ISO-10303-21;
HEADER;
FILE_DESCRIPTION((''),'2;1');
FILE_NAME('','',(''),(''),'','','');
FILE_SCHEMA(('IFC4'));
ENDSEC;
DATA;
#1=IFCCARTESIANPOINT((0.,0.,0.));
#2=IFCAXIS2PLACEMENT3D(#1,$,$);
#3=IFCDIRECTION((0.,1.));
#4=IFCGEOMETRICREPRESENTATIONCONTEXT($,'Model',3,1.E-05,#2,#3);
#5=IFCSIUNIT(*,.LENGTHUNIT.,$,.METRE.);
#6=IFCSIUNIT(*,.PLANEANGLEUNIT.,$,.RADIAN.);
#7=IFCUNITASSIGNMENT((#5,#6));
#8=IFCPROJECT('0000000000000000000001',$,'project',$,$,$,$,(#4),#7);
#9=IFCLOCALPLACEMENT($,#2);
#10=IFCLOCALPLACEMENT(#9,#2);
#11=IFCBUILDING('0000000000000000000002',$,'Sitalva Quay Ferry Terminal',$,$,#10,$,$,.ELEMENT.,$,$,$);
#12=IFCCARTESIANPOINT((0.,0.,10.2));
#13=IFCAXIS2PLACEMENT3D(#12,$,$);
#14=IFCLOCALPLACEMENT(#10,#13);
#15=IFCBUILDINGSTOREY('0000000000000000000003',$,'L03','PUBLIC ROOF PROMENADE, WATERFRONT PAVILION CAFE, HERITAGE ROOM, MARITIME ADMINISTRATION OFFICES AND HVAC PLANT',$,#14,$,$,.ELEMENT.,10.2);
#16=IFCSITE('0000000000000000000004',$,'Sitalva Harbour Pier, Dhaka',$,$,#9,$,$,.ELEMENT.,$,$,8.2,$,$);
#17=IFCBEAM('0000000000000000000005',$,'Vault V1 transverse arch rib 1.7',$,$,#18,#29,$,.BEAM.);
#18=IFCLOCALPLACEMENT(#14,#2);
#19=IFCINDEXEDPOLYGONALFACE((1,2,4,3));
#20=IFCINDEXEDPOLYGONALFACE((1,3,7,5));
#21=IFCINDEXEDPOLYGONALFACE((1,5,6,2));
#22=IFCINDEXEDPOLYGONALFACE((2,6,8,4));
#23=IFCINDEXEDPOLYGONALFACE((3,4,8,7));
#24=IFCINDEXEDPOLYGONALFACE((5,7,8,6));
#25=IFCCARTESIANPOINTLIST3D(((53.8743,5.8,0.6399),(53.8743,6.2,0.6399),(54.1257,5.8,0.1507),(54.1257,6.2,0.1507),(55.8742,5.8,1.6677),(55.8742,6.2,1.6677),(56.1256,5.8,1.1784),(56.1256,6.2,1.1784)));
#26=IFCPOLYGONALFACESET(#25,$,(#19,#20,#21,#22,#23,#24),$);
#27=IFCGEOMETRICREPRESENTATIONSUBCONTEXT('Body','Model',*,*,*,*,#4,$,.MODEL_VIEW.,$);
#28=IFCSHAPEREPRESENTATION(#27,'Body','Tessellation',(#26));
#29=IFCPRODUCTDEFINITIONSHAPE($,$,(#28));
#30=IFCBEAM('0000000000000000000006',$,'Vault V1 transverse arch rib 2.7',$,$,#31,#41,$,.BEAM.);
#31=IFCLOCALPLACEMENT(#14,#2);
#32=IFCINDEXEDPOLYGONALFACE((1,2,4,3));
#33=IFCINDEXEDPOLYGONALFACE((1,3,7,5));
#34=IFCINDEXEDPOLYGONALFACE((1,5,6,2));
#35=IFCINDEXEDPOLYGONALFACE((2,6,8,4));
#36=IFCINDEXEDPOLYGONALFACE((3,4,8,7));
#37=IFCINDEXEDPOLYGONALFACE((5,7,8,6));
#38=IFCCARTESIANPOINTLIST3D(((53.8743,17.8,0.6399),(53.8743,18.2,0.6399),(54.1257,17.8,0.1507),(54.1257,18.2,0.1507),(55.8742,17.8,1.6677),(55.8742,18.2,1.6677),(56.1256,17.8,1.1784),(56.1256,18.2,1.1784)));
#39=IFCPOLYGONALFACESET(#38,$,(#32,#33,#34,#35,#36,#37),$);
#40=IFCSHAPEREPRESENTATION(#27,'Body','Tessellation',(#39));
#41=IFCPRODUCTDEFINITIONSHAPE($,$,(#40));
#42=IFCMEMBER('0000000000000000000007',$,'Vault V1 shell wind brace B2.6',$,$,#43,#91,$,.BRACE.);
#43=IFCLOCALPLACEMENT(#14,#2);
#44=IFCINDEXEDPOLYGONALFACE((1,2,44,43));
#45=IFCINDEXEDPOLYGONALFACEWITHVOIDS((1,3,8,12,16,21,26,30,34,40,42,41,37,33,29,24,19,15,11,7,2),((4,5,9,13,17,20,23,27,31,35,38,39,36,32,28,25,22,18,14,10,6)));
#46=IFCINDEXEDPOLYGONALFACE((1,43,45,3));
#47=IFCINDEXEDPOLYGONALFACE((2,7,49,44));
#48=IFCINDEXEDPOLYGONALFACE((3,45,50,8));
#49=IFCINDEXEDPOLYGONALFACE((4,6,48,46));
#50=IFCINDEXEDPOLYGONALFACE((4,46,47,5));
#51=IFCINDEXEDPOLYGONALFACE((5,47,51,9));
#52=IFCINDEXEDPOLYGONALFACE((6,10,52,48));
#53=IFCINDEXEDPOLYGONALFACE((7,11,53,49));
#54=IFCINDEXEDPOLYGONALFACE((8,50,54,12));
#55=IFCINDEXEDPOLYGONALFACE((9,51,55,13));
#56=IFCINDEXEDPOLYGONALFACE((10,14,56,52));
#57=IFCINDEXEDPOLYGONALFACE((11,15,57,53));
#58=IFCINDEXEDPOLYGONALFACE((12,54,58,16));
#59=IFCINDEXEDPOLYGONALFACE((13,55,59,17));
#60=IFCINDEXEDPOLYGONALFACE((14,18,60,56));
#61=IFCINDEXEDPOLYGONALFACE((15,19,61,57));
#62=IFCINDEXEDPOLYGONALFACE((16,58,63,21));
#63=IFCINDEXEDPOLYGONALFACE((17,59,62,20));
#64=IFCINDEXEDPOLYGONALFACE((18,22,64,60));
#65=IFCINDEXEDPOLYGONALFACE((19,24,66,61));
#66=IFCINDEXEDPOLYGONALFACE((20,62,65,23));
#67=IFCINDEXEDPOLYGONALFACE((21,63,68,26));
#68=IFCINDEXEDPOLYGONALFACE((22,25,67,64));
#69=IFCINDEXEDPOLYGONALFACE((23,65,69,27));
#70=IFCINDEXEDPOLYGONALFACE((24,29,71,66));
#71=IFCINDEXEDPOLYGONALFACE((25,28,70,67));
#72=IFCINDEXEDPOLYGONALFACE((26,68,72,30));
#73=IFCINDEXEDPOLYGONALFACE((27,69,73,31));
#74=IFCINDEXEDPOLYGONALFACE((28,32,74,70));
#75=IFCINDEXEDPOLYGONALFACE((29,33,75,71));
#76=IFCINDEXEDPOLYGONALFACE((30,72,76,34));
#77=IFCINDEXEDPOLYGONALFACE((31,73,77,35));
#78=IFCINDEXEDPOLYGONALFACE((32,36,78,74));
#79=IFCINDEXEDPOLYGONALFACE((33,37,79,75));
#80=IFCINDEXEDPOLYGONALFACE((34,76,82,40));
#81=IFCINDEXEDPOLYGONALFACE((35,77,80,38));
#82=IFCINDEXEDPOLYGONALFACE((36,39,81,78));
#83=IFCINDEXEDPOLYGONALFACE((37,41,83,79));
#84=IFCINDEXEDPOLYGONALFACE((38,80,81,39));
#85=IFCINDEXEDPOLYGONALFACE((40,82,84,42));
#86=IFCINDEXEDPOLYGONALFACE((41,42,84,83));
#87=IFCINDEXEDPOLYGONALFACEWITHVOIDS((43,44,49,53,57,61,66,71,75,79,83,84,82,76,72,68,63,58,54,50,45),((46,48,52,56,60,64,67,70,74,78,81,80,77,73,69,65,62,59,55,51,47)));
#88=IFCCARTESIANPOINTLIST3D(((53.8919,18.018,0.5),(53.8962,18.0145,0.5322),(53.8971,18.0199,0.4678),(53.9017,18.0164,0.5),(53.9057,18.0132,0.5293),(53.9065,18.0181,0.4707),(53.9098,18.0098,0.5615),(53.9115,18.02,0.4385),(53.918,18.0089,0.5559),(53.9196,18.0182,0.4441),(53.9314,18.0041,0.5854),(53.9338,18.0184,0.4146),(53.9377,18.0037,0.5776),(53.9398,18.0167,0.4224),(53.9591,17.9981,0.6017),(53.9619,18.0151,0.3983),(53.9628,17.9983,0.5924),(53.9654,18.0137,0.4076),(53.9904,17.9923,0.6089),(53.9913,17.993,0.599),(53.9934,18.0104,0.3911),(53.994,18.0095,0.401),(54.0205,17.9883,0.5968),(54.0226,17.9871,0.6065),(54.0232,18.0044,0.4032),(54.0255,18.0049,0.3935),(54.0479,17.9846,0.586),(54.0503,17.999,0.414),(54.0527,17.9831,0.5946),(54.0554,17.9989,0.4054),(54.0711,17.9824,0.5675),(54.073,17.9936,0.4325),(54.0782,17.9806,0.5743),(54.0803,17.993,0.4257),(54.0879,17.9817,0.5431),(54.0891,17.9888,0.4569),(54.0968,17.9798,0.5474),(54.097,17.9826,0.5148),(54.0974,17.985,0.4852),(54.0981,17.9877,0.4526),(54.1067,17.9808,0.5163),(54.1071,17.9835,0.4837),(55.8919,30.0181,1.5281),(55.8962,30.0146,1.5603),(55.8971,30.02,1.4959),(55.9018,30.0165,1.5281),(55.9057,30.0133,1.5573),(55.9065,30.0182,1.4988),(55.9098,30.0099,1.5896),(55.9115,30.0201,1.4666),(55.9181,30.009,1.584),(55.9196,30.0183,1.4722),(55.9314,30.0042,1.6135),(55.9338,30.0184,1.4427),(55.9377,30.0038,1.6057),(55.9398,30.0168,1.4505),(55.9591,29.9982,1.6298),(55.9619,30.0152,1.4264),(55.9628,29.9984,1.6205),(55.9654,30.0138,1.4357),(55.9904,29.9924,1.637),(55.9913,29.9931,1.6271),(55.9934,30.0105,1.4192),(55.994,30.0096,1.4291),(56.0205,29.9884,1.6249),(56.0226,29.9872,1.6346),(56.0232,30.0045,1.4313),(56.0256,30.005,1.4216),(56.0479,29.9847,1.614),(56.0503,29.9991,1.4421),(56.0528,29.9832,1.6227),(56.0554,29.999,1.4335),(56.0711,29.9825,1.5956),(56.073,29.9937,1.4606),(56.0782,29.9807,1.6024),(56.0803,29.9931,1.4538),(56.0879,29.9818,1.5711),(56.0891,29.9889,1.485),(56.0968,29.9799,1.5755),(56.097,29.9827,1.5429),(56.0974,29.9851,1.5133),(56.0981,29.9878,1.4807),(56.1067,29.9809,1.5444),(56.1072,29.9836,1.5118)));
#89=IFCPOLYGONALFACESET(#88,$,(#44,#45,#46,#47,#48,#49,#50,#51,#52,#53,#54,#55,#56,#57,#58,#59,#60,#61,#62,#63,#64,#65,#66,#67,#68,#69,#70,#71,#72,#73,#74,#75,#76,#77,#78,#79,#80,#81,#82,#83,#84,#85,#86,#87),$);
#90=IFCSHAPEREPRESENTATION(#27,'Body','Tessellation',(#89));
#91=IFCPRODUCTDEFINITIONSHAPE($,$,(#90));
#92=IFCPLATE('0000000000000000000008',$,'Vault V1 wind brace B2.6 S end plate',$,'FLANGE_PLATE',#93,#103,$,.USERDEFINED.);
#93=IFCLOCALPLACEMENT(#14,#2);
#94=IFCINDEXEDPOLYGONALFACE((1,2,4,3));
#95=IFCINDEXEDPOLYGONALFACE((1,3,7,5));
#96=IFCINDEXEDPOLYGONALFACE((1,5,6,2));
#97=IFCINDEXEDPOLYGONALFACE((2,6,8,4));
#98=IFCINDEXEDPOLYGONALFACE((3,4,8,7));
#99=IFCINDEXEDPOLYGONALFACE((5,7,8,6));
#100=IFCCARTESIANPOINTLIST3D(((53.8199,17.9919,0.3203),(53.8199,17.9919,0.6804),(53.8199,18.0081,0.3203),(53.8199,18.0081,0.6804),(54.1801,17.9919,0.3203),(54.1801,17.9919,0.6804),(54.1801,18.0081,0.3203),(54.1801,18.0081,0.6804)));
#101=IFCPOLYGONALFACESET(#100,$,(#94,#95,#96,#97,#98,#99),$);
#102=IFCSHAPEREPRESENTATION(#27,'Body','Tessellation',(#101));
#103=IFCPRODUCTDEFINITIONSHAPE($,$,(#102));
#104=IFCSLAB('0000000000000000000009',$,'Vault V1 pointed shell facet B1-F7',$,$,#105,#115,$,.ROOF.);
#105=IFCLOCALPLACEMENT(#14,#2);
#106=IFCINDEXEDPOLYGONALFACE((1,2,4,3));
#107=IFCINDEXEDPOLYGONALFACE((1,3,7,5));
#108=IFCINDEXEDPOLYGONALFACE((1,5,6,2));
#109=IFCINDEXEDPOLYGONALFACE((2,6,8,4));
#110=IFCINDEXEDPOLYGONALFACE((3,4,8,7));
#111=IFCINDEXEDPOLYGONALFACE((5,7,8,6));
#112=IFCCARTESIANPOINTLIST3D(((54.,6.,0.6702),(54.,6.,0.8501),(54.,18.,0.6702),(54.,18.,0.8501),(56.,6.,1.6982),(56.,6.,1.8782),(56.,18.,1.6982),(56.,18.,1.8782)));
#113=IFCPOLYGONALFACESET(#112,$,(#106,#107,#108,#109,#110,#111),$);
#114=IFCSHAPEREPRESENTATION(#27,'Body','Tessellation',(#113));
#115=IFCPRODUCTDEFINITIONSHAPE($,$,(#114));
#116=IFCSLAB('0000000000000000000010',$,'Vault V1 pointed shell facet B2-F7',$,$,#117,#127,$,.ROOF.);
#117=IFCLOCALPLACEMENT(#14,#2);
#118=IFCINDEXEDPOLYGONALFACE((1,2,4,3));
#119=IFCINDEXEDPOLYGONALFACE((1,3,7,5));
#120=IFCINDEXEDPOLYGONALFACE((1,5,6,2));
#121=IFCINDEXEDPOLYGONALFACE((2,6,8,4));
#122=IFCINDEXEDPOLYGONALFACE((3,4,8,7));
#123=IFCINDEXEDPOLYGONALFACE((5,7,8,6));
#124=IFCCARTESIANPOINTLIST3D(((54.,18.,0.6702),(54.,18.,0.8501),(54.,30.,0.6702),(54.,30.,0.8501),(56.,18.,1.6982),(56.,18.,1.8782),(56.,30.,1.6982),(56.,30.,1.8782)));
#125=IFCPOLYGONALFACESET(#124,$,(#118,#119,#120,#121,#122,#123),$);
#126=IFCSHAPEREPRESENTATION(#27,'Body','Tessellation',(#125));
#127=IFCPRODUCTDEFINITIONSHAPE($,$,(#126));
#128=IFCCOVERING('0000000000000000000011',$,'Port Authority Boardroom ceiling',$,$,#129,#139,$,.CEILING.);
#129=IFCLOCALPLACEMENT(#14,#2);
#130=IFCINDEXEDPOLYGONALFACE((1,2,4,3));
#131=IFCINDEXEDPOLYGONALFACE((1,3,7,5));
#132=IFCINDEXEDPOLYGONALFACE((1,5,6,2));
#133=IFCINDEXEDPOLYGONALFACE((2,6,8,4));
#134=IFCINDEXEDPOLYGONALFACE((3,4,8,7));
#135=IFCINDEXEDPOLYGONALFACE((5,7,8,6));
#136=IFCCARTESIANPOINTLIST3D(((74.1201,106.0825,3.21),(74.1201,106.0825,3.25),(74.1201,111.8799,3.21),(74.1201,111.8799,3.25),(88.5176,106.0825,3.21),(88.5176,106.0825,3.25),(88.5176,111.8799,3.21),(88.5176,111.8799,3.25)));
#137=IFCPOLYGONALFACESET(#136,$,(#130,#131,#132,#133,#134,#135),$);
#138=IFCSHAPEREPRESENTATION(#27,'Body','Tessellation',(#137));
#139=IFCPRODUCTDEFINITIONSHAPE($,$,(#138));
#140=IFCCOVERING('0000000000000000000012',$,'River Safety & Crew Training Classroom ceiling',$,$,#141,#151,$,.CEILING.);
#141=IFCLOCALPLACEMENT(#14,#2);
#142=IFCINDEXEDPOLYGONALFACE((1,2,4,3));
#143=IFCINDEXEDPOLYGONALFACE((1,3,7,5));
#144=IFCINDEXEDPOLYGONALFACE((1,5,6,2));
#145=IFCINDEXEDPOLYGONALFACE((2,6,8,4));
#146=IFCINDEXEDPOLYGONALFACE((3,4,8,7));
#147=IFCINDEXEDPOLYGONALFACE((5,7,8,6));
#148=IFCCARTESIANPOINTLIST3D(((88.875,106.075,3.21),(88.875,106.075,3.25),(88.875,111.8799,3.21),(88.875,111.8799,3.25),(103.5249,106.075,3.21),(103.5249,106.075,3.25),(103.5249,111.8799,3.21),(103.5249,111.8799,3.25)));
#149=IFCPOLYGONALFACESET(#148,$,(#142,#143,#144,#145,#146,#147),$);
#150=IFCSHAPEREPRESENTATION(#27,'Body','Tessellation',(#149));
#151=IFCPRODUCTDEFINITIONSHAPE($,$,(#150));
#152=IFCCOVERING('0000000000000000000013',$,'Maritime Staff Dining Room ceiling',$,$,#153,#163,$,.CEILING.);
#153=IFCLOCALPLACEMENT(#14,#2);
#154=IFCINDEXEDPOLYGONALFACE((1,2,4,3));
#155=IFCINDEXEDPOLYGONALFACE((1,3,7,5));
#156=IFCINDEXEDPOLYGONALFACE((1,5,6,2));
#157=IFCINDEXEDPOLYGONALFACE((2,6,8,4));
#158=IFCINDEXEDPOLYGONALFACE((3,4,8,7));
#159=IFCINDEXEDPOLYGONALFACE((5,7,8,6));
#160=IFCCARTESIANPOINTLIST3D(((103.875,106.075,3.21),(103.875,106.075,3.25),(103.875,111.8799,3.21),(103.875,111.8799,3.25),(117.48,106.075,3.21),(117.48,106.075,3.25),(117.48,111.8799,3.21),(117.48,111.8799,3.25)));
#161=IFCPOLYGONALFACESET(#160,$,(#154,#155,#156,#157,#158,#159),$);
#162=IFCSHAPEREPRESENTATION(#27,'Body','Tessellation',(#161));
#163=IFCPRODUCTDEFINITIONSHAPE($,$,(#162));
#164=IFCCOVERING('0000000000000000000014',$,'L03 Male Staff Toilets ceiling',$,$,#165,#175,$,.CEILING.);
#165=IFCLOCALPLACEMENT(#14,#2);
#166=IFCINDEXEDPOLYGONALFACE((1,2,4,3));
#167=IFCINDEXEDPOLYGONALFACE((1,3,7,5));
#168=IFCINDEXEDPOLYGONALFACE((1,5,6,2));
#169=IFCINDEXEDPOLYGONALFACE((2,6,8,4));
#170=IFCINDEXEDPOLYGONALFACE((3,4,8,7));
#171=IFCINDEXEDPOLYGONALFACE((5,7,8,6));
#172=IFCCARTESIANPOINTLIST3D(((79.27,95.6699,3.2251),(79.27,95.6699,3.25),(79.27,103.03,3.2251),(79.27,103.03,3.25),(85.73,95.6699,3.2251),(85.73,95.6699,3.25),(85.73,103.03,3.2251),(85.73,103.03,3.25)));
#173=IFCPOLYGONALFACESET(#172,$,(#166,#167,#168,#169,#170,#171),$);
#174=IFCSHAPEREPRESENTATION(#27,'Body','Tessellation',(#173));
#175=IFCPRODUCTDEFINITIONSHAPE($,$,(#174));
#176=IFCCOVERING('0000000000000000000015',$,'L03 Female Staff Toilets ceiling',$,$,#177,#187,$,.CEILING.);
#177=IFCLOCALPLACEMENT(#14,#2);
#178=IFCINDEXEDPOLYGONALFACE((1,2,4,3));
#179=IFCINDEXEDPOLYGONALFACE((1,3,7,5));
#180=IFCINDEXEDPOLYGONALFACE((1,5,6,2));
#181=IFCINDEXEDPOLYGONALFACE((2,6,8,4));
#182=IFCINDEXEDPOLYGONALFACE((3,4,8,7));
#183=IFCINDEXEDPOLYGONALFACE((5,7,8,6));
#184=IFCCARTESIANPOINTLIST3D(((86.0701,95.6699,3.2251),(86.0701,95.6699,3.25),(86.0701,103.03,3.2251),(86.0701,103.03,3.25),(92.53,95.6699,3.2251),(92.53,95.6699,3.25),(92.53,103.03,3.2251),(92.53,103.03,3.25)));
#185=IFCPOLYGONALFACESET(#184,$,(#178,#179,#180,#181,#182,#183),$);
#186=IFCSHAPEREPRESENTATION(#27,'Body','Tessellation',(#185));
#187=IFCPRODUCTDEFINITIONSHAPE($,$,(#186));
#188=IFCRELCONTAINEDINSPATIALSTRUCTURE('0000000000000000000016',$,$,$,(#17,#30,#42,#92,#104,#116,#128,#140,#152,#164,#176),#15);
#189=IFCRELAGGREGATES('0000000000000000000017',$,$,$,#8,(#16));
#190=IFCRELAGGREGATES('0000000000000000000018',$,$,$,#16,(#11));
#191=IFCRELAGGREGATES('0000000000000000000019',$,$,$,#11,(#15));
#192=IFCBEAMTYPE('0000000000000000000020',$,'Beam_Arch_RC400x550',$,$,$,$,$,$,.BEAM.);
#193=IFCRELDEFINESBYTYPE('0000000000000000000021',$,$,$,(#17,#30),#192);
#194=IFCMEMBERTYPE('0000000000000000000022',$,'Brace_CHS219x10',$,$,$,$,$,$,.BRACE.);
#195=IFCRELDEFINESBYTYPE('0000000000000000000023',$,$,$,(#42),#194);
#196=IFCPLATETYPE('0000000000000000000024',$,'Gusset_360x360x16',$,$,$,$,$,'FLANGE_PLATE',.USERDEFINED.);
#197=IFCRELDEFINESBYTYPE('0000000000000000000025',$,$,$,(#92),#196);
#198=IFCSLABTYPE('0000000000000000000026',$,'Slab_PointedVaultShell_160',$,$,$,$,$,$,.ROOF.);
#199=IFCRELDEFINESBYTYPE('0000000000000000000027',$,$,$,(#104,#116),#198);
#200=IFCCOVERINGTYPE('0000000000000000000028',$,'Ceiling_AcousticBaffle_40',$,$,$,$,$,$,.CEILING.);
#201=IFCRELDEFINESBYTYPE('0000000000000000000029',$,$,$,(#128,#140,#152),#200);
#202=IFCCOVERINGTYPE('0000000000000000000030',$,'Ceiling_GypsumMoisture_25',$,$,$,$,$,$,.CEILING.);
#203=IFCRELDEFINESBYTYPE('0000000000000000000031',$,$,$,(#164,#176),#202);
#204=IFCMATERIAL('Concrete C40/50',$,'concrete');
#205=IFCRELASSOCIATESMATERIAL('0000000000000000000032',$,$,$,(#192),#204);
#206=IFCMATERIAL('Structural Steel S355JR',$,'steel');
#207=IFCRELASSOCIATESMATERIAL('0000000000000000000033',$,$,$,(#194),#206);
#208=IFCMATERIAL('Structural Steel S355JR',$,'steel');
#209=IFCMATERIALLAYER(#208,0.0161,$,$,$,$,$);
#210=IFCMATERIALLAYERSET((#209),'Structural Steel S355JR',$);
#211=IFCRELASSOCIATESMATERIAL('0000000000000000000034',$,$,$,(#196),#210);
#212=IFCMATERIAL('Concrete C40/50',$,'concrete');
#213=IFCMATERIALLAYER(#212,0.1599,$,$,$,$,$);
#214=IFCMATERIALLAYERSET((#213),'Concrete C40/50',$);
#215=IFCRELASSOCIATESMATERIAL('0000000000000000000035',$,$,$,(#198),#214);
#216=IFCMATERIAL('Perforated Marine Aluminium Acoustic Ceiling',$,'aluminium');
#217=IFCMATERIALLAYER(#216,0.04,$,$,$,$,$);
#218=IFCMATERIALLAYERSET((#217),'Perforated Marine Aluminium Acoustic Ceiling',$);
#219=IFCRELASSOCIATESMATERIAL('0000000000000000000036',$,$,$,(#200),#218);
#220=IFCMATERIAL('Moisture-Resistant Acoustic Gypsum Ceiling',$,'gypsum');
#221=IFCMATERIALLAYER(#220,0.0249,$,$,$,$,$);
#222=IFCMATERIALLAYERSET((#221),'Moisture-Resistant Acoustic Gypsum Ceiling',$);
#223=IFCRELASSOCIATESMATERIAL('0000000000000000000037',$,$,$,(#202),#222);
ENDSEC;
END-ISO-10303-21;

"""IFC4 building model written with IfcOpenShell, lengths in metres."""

from ifc_helpers import new_model, si_unit, direction, frame, origin, origin_2d, place, context, subcontext, project, spatial, polyline, rectangle, hollow_circle, outline, extrude, material, layer, layer_set, material_profile, profile_set, type_object, element, save


model = new_model("IFC4")

# Units and contexts
model_context = context("Model", 3, precision=1e-05, world=origin(), true_north=direction((0.0, 1.0)))
body_context = subcontext(model_context, "Body", "Model", "MODEL_VIEW")
ifc_project = project(units=[si_unit("LENGTHUNIT", "METRE"), si_unit("PLANEANGLEUNIT", "RADIAN")], contexts=[model_context])

# Site, building, storey
site_placement = place(None, origin())
site = spatial("IfcSite", under=ifc_project, at=site_placement, Name="Sitalva Harbour Pier, Dhaka", CompositionType="ELEMENT", RefElevation=8.2)
building_placement = place(site_placement, origin())
building = spatial("IfcBuilding", under=site, at=building_placement, Name="Sitalva Quay Ferry Terminal", CompositionType="ELEMENT")
storey_placement = place(building_placement, frame((0.0, 0.0, 10.2)))
storey = spatial("IfcBuildingStorey", under=building, at=storey_placement, Name="L03", Description="PUBLIC ROOF PROMENADE, WATERFRONT PAVILION CAFE, HERITAGE ROOM, MARITIME ADMINISTRATION OFFICES AND HVAC PLANT", CompositionType="ELEMENT", Elevation=10.2)

# Beams
ifc_material_1 = material(Name="Concrete C40/50", Category="concrete")
ifc_material_profile_1 = material_profile(ifc_material_1, rectangle(XDim=0.3999, YDim=0.55, at=origin_2d()), Name="RC400x550")
ifc_profile_set_1 = profile_set([ifc_material_profile_1], Name="Concrete C40/50")
beam_type = type_object("IfcBeamType", Name="Beam_Arch_RC400x550", PredefinedType="BEAM", material=ifc_profile_set_1)
for number, where, z_axis, x_axis, name in (
    (1, (54.0, 6.0, 0.3953), (0.889421, 0.0, 0.457088), (0.0, 1.0, 0.0), "Vault V1 transverse arch rib 1.7"),
    (2, (54.0, 18.0, 0.3953), (0.889421, 0.0, 0.457088), (0.0, 1.0, 0.0), "Vault V1 transverse arch rib 2.7"),
):
    element("IfcBeam", number, at=place(storey_placement, frame(where, z_axis=z_axis, x_axis=x_axis)), inside=storey, type_object=beam_type, Name=name, PredefinedType="BEAM", context=body_context, shape_type="SweptSolid", body=[
        extrude(rectangle(XDim=0.3999, YDim=0.55, at=origin_2d()), origin(), (0.0, 0.0, 1.0), 2.2485),
    ])

# Member
ifc_material_2 = material(Name="Structural Steel S355JR", Category="steel")
ifc_material_profile_2 = material_profile(ifc_material_2, hollow_circle(Radius=0.1096, WallThickness=0.01, at=origin_2d()), Name="CHS219x10")
ifc_profile_set_2 = profile_set([ifc_material_profile_2], Name="Structural Steel S355JR")
member_type = type_object("IfcMemberType", Name="Brace_CHS219x10", PredefinedType="BRACE", material=ifc_profile_set_2)
member_placement = place(storey_placement, frame((54.0, 18.0, 0.5), z_axis=(0.163815, 0.982891, 0.084207), x_axis=(-0.986394, 0.164399, 0.0)))
element("IfcMember", 3, at=member_placement, inside=storey, type_object=member_type, Name="Vault V1 shell wind brace B2.6", PredefinedType="BRACE", context=body_context, shape_type="SweptSolid", body=[
    extrude(hollow_circle(Radius=0.1096, WallThickness=0.01, at=origin_2d()), origin(), (0.0, 0.0, 1.0), 12.209),
])

# Plate
ifc_material_3 = material(Name="Structural Steel S355JR", Category="steel")
ifc_layer_1 = layer(ifc_material_3, 0.0161)
ifc_layer_set_1 = layer_set([ifc_layer_1], Name="Structural Steel S355JR")
plate_type = type_object("IfcPlateType", Name="Gusset_360x360x16", ElementType="FLANGE_PLATE", PredefinedType="USERDEFINED", material=ifc_layer_set_1)
plate_placement = place(storey_placement, frame((54.0, 18.0, 0.3203), z_axis=(0.0, 0.0, 1.0), x_axis=(1.0, 0.0, 0.0)))
element("IfcPlate", 4, at=plate_placement, inside=storey, type_object=plate_type, Name="Vault V1 wind brace B2.6 S end plate", ObjectType="FLANGE_PLATE", PredefinedType="USERDEFINED", context=body_context, shape_type="SweptSolid", body=[
    extrude(rectangle(XDim=0.3601, YDim=0.0161, at=origin_2d()), origin(), (0.0, 0.0, 1.0), 0.3601),
])

# Slabs
ifc_material_4 = material(Name="Concrete C40/50", Category="concrete")
ifc_layer_2 = layer(ifc_material_4, 0.1599)
ifc_layer_set_2 = layer_set([ifc_layer_2], Name="Concrete C40/50")
slab_type = type_object("IfcSlabType", Name="Slab_PointedVaultShell_160", PredefinedType="ROOF", material=ifc_layer_set_2)
for number, where, z_axis, x_axis, name in (
    (5, (54.0, 6.0, 0.8501), (-0.457174, 0.0, 0.889377), (0.889377, 0.0, 0.457174), "Vault V1 pointed shell facet B1-F7"),
    (6, (54.0, 18.0, 0.8501), (-0.457174, 0.0, 0.889377), (0.889377, 0.0, 0.457174), "Vault V1 pointed shell facet B2-F7"),
):
    element("IfcSlab", number, at=place(storey_placement, frame(where, z_axis=z_axis, x_axis=x_axis)), inside=storey, type_object=slab_type, Name=name, PredefinedType="ROOF", context=body_context, shape_type="SweptSolid", body=[
        extrude(outline(polyline([(0.0, 0.0), (2.2488, 0.0), (2.2488, 12.0), (0.0, 12.0), (0.0, 0.0)])), origin(), (-0.457174, 0.0, -0.889377), 0.1799),
    ])

# Coverings
ifc_material_5 = material(Name="Perforated Marine Aluminium Acoustic Ceiling", Category="aluminium")
ifc_layer_3 = layer(ifc_material_5, 0.04)
ifc_layer_set_3 = layer_set([ifc_layer_3], Name="Perforated Marine Aluminium Acoustic Ceiling")
covering_type_1 = type_object("IfcCoveringType", Name="Ceiling_AcousticBaffle_40", PredefinedType="CEILING", material=ifc_layer_set_3)
covering_1_placement = place(storey_placement, frame((0.0, 0.0, 3.21)))
element("IfcCovering", 7, at=covering_1_placement, inside=storey, type_object=covering_type_1, Name="Port Authority Boardroom ceiling", PredefinedType="CEILING", context=body_context, shape_type="SweptSolid", body=[
    extrude(outline(polyline([(74.1201, 106.0825), (88.5176, 106.0825), (88.5176, 111.8799), (74.1201, 111.8799), (74.1201, 106.0825)])), origin(), (0.0, 0.0, 1.0), 0.04),
])
covering_2_placement = place(storey_placement, frame((0.0, 0.0, 3.21)))
element("IfcCovering", 8, at=covering_2_placement, inside=storey, type_object=covering_type_1, Name="River Safety & Crew Training Classroom ceiling", PredefinedType="CEILING", context=body_context, shape_type="SweptSolid", body=[
    extrude(outline(polyline([(88.875, 106.075), (103.5249, 106.075), (103.5249, 111.8799), (88.875, 111.8799), (88.875, 106.075)])), origin(), (0.0, 0.0, 1.0), 0.04),
])
covering_3_placement = place(storey_placement, frame((0.0, 0.0, 3.21)))
element("IfcCovering", 9, at=covering_3_placement, inside=storey, type_object=covering_type_1, Name="Maritime Staff Dining Room ceiling", PredefinedType="CEILING", context=body_context, shape_type="SweptSolid", body=[
    extrude(outline(polyline([(103.875, 106.075), (117.48, 106.075), (117.48, 111.8799), (103.875, 111.8799), (103.875, 106.075)])), origin(), (0.0, 0.0, 1.0), 0.04),
])
ifc_material_6 = material(Name="Moisture-Resistant Acoustic Gypsum Ceiling", Category="gypsum")
ifc_layer_4 = layer(ifc_material_6, 0.0249)
ifc_layer_set_4 = layer_set([ifc_layer_4], Name="Moisture-Resistant Acoustic Gypsum Ceiling")
covering_type_2 = type_object("IfcCoveringType", Name="Ceiling_GypsumMoisture_25", PredefinedType="CEILING", material=ifc_layer_set_4)
covering_4_placement = place(storey_placement, frame((0.0, 0.0, 3.2251)))
element("IfcCovering", 10, at=covering_4_placement, inside=storey, type_object=covering_type_2, Name="L03 Male Staff Toilets ceiling", PredefinedType="CEILING", context=body_context, shape_type="SweptSolid", body=[
    extrude(outline(polyline([(79.27, 95.6699), (85.73, 95.6699), (85.73, 103.03), (79.27, 103.03), (79.27, 95.6699)])), origin(), (0.0, 0.0, 1.0), 0.0249),
])
covering_5_placement = place(storey_placement, frame((0.0, 0.0, 3.2251)))
element("IfcCovering", 11, at=covering_5_placement, inside=storey, type_object=covering_type_2, Name="L03 Female Staff Toilets ceiling", PredefinedType="CEILING", context=body_context, shape_type="SweptSolid", body=[
    extrude(outline(polyline([(86.0701, 95.6699), (92.53, 95.6699), (92.53, 103.03), (86.0701, 103.03), (86.0701, 95.6699)])), origin(), (0.0, 0.0, 1.0), 0.0249),
])

save(model, "model.ifc")
